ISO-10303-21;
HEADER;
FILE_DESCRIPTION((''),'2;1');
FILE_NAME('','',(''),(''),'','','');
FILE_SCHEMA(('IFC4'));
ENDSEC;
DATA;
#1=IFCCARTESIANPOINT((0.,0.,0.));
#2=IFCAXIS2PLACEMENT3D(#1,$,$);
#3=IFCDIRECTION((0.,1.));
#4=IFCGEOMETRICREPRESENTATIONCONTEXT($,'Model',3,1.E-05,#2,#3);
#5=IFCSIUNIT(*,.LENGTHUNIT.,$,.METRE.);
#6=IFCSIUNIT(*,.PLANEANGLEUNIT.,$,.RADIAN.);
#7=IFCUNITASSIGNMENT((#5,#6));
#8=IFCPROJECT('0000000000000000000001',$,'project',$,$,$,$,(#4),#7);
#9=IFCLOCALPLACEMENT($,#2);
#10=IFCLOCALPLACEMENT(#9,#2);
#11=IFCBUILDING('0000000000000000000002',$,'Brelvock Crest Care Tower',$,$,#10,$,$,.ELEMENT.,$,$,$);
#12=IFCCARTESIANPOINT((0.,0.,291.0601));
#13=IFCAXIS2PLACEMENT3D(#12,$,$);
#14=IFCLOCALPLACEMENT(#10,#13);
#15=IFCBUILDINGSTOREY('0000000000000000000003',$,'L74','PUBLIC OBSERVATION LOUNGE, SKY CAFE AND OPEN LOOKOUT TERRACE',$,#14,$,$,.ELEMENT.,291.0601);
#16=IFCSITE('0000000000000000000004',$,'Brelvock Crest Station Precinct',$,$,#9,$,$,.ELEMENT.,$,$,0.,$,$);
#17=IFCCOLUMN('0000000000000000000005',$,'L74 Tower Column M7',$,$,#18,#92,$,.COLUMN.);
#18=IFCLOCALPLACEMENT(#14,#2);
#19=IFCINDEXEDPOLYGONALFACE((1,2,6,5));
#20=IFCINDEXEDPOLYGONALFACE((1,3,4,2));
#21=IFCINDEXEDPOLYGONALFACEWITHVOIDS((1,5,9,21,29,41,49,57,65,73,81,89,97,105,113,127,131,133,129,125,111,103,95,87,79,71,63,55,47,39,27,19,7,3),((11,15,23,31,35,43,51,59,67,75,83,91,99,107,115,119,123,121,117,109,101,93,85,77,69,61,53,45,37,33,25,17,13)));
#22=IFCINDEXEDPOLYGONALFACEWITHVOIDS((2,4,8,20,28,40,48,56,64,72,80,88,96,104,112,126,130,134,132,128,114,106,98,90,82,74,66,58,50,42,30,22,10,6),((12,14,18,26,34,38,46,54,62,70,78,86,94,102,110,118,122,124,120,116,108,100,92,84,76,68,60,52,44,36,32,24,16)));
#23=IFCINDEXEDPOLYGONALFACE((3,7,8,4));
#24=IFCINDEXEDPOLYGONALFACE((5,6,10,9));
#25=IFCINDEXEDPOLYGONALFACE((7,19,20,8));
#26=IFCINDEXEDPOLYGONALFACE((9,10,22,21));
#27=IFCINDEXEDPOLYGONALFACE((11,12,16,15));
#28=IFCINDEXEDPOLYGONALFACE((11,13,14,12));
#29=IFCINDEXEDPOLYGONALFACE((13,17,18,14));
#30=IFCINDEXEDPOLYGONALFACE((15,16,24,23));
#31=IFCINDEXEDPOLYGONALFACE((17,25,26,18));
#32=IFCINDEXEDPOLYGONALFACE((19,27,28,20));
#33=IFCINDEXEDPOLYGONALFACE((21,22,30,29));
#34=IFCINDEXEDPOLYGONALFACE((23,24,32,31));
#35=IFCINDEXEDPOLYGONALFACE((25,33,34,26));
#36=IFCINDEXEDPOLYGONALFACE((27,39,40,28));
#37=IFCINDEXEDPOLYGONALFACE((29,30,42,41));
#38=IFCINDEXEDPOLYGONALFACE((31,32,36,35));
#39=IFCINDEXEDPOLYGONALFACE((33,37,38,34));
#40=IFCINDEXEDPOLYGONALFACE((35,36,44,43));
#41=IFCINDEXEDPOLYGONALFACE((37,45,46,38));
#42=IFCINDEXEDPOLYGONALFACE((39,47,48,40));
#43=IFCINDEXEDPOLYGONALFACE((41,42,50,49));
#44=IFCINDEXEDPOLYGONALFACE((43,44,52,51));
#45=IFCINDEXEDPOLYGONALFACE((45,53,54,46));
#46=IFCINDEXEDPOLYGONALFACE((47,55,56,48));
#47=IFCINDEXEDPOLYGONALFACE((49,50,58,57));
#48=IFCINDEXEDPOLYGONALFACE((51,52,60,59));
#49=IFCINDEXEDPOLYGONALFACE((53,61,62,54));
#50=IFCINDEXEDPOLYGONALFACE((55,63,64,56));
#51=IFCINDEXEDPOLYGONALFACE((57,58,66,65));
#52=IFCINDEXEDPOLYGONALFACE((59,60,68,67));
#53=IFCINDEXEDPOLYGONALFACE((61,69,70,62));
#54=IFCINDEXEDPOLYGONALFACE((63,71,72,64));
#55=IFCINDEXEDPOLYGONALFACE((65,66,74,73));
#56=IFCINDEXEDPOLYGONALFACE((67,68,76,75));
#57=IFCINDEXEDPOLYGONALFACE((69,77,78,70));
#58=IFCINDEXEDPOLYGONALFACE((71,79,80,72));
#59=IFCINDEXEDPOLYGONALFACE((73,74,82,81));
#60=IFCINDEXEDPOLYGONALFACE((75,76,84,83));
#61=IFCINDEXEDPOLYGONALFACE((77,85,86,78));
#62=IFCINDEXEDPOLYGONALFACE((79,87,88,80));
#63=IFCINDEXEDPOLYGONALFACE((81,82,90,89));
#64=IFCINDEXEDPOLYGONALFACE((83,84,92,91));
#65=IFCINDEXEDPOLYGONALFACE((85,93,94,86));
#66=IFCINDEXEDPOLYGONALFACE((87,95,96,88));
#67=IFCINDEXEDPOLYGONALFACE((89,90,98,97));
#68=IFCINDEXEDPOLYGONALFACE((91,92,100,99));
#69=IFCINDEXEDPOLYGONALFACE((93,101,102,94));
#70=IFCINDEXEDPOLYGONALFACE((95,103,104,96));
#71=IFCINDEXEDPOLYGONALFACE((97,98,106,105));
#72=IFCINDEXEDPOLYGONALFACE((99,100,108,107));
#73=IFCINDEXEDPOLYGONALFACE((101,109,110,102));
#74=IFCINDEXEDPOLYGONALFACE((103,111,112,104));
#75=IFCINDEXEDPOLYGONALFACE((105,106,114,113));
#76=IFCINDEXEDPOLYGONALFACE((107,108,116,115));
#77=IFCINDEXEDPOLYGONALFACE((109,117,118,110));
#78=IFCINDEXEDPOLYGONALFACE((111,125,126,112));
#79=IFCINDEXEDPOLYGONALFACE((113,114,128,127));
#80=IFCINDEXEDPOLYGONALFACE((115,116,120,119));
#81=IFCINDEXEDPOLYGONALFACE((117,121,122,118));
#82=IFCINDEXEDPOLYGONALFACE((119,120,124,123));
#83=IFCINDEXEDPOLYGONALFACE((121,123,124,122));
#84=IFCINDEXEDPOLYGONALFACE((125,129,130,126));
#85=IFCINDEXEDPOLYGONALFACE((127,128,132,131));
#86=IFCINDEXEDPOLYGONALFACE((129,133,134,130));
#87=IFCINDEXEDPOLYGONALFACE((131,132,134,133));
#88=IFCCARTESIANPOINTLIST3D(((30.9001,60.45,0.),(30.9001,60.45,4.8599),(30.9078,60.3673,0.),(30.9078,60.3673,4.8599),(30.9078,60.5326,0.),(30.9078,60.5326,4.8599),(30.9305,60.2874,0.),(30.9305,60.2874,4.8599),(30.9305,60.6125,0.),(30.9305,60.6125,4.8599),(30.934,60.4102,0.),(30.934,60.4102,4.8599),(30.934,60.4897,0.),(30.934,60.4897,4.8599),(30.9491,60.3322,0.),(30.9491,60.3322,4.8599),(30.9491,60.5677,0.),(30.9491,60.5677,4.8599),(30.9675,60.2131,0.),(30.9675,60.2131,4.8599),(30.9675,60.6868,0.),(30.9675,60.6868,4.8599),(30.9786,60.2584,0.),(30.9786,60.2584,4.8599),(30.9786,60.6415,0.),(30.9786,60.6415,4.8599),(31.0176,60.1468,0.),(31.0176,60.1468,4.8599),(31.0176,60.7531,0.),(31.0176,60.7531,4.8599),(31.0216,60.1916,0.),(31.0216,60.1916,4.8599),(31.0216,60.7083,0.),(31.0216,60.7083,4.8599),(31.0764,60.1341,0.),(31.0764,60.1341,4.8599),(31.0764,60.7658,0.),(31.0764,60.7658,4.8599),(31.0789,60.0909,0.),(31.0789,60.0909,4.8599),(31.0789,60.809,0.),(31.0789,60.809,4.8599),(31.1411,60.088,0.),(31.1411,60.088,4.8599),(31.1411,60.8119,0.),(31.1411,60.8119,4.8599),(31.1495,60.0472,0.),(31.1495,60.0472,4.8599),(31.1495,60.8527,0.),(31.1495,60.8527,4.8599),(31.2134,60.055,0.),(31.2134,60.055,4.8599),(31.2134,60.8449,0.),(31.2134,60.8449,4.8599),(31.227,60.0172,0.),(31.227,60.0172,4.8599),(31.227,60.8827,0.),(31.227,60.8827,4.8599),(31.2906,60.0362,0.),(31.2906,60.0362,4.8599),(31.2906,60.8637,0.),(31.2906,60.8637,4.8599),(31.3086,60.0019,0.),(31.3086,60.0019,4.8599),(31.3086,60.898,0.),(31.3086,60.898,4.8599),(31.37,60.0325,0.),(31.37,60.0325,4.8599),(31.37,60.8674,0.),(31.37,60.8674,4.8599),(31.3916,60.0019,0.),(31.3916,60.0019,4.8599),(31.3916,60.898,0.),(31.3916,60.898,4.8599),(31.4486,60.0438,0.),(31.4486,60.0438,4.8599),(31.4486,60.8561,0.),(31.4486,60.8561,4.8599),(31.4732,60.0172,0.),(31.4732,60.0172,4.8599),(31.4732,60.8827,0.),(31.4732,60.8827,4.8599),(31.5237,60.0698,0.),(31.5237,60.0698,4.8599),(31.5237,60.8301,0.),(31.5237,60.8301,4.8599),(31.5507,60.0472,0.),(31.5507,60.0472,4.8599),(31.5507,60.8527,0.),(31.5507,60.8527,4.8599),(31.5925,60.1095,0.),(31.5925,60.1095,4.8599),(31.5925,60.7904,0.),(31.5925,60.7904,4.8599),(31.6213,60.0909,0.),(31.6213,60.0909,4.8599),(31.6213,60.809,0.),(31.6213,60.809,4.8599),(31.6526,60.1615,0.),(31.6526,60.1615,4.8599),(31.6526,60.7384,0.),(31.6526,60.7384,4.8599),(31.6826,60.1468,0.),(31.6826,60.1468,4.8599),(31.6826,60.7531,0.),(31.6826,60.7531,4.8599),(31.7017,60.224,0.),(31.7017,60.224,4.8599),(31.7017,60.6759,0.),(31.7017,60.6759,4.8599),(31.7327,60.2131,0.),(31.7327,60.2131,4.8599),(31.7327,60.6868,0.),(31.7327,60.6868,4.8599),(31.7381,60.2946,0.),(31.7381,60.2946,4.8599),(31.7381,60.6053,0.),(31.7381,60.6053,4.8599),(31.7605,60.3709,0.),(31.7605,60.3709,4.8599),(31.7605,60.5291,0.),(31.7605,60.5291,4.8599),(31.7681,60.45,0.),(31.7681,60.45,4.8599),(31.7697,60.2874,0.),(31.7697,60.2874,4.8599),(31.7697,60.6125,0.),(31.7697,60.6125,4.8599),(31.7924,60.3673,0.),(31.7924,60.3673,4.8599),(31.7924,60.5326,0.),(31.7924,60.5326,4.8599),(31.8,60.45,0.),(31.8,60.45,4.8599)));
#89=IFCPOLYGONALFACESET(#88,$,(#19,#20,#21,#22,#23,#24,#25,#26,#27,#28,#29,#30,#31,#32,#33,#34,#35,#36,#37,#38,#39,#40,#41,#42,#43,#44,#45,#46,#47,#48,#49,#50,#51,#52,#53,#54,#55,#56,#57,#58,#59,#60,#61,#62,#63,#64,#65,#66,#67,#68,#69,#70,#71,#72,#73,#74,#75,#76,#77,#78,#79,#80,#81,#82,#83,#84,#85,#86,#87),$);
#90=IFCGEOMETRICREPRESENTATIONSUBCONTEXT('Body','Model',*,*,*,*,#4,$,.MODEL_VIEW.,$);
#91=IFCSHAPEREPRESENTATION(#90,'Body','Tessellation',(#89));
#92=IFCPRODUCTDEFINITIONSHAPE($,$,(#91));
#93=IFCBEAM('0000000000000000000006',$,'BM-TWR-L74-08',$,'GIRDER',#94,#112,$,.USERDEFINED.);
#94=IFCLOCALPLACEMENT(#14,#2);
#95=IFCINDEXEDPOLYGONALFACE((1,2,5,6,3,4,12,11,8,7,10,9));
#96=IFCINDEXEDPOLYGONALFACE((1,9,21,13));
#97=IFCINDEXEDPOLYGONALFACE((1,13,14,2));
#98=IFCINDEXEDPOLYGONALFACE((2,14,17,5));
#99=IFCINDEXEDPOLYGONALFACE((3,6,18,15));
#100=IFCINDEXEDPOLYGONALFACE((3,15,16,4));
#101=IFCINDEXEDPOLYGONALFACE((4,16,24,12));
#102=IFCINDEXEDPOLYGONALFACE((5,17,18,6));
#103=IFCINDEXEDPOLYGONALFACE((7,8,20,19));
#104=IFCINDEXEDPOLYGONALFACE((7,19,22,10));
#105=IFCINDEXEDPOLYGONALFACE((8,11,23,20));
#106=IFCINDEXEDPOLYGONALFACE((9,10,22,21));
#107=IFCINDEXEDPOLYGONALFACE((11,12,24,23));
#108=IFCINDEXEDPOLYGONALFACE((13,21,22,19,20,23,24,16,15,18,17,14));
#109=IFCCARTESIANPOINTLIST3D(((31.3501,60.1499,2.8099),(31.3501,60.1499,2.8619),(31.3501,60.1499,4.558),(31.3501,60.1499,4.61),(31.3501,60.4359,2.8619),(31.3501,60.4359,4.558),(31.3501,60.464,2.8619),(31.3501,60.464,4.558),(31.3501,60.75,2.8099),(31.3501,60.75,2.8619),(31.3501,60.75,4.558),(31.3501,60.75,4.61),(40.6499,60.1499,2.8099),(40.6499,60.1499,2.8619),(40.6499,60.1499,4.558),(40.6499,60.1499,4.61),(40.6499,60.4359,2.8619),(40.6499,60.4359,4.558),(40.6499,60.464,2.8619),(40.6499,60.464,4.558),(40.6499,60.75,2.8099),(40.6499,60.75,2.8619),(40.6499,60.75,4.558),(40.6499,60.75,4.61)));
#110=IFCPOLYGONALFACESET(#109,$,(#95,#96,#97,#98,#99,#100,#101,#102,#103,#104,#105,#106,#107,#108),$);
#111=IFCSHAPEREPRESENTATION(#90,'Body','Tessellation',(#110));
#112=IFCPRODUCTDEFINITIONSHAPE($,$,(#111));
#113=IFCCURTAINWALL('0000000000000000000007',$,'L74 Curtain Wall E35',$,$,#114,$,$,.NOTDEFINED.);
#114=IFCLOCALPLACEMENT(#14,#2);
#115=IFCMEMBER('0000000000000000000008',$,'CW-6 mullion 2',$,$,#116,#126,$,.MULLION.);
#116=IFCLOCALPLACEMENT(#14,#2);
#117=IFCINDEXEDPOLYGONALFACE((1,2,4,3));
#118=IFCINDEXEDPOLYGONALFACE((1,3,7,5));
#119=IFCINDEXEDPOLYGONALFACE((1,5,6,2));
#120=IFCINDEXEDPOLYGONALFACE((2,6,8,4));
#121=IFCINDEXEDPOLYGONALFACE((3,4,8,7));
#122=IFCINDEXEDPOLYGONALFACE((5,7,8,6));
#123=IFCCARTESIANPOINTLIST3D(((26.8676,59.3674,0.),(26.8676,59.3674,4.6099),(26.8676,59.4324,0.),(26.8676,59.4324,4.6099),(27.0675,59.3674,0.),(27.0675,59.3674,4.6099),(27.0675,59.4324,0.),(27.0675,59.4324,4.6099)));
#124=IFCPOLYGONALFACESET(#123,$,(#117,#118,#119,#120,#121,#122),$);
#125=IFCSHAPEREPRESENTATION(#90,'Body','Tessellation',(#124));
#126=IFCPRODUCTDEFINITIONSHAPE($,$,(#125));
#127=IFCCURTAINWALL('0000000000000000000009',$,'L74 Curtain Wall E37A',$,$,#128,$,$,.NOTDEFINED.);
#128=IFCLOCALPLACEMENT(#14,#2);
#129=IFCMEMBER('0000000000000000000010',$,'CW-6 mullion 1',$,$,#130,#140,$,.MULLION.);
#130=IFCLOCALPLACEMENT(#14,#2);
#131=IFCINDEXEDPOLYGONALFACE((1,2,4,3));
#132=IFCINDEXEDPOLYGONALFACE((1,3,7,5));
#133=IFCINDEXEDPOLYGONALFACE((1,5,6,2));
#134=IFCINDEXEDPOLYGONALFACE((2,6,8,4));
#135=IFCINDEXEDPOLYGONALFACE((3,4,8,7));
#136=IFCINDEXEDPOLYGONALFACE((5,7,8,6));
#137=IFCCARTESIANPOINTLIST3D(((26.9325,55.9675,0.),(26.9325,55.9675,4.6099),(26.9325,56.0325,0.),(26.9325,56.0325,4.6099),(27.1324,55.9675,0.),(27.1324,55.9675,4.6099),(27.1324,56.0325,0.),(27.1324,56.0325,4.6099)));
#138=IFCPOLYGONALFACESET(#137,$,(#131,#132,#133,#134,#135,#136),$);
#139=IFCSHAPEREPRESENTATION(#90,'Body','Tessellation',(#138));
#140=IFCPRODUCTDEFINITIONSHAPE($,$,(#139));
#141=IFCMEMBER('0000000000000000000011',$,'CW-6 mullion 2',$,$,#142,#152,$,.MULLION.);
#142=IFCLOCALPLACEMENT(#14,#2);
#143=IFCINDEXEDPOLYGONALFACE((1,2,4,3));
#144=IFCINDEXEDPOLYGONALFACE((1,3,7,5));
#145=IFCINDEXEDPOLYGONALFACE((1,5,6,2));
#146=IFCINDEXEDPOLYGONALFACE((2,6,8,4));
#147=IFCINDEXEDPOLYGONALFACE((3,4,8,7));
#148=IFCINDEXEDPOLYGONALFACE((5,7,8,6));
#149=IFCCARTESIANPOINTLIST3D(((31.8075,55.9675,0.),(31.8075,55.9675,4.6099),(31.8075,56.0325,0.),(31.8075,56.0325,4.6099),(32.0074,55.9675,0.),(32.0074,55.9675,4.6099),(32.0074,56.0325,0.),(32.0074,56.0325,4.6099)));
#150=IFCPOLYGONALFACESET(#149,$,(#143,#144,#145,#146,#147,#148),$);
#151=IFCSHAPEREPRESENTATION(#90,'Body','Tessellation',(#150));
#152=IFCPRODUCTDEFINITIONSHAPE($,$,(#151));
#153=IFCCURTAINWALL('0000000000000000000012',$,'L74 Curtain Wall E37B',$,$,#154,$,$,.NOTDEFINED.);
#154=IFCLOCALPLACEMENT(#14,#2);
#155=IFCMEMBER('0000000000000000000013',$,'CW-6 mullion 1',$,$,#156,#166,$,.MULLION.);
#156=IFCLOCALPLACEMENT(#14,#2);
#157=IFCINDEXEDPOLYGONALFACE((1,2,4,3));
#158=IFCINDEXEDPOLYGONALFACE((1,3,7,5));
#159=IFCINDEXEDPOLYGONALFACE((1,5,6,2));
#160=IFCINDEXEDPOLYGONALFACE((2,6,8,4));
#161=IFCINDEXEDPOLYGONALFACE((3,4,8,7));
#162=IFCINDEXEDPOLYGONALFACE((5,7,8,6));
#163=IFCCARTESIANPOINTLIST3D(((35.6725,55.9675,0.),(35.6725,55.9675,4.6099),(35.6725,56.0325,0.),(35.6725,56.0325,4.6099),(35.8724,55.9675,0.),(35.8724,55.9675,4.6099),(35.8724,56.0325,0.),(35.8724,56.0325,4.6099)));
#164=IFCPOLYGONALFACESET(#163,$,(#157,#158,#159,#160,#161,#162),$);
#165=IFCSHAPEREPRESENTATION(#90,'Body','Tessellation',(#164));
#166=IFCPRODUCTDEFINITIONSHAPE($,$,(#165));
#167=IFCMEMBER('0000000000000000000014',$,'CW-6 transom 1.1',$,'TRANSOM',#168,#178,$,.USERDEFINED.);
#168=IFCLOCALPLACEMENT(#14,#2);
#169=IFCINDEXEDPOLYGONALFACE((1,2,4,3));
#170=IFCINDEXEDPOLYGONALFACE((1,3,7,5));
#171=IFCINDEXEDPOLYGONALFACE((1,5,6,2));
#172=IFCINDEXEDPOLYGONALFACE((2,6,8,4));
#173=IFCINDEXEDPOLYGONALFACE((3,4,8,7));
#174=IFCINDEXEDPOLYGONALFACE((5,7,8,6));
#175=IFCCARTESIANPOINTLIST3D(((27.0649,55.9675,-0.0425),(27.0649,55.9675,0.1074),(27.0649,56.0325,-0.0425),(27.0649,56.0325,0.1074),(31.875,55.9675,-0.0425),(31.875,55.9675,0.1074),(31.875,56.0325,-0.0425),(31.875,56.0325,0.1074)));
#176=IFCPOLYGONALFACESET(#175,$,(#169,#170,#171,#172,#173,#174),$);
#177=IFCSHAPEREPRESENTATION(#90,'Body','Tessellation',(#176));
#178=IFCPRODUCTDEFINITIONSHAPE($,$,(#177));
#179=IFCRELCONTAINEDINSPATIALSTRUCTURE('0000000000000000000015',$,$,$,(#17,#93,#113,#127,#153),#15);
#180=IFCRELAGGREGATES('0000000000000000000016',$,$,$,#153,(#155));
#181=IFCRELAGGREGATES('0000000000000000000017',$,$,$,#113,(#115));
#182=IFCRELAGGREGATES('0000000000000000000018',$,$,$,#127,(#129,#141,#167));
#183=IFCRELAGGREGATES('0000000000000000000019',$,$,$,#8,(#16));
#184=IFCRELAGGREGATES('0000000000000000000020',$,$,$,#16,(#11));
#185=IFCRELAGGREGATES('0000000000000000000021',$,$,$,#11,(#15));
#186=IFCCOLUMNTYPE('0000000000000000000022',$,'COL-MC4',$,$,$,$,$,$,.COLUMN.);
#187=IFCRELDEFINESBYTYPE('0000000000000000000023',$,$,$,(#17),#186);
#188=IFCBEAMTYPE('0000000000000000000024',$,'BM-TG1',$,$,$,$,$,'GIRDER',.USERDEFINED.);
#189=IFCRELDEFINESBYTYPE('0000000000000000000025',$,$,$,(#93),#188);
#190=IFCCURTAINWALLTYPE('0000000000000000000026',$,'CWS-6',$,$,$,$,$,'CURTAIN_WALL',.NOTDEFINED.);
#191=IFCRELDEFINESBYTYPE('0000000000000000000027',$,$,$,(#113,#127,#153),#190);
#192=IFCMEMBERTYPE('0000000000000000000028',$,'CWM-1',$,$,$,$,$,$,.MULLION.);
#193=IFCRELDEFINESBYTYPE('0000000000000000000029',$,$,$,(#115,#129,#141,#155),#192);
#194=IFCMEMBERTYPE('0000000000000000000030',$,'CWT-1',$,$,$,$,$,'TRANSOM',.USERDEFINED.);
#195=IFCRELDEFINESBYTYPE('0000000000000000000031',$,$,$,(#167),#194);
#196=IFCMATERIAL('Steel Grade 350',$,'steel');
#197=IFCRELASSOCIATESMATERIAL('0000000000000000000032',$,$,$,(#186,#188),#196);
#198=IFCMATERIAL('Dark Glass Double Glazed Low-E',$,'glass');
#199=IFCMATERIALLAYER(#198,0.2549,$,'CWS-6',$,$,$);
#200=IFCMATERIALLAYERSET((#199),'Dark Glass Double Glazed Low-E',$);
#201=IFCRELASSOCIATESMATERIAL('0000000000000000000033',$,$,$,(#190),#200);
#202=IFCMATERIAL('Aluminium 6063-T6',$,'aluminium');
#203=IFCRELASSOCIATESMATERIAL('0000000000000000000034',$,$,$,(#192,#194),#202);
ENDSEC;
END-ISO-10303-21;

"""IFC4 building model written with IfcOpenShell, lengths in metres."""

from ifc_helpers import new_model, si_unit, direction, frame, origin, origin_2d, place, context, subcontext, project, spatial, rectangle, hollow_circle, i_section, extrude, source, transform, mapped, material, layer, layer_set, material_profile, profile_set, type_object, element, aggregate, save


model = new_model("IFC4")

# Units and contexts
model_context = context("Model", 3, precision=1e-05, world=origin(), true_north=direction((0.0, 1.0)))
body_context = subcontext(model_context, "Body", "Model", "MODEL_VIEW")
ifc_project = project(units=[si_unit("LENGTHUNIT", "METRE"), si_unit("PLANEANGLEUNIT", "RADIAN")], contexts=[model_context])

# Site, building, storey
site_placement = place(None, origin())
site = spatial("IfcSite", under=ifc_project, at=site_placement, Name="Brelvock Crest Station Precinct", CompositionType="ELEMENT", RefElevation=0.0)
building_placement = place(site_placement, origin())
building = spatial("IfcBuilding", under=site, at=building_placement, Name="Brelvock Crest Care Tower", CompositionType="ELEMENT")
storey_placement = place(building_placement, frame((0.0, 0.0, 291.0601)))
storey = spatial("IfcBuildingStorey", under=building, at=storey_placement, Name="L74", Description="PUBLIC OBSERVATION LOUNGE, SKY CAFE AND OPEN LOOKOUT TERRACE", CompositionType="ELEMENT", Elevation=291.0601)

# Column
ifc_material_1 = material(Name="Steel Grade 350", Category="steel")
ifc_material_profile_1 = material_profile(ifc_material_1, hollow_circle(Radius=0.45, WallThickness=0.032, at=origin_2d()), Name="CFT900x32")
ifc_profile_set_1 = profile_set([ifc_material_profile_1], Name="Steel Grade 350")
column_type = type_object("IfcColumnType", Name="COL-MC4", PredefinedType="COLUMN", material=ifc_profile_set_1)
shared_shape_1 = source(origin(), body_context, "Body", "SweptSolid", [
    extrude(hollow_circle(Radius=0.45, WallThickness=0.032, at=origin_2d()), origin(), (0.0, 0.0, 1.0), 4.8599),
])
column_placement = place(storey_placement, frame((31.3501, 60.45, 0.0), z_axis=(0.0, 0.0, 1.0), x_axis=(1.0, 0.0, 0.0)))
element("IfcColumn", 1, at=column_placement, inside=storey, type_object=column_type, Name="L74 Tower Column M7", PredefinedType="COLUMN", context=body_context, shape_type="MappedRepresentation", body=[
    mapped(shared_shape_1, transform((0.0, 0.0, 0.0), x_axis=(1.0, 0.0, 0.0), y_axis=(0.0, 1.0, 0.0), z_axis=(0.0, 0.0, 1.0), scale=1.0)),
])

# Beam
ifc_material_profile_2 = material_profile(ifc_material_1, i_section(OverallWidth=0.6001, OverallDepth=1.8, WebThickness=0.0281, FlangeThickness=0.052, at=origin_2d()), Name="1800TG740")
ifc_profile_set_2 = profile_set([ifc_material_profile_2], Name="Steel Grade 350")
beam_type = type_object("IfcBeamType", Name="BM-TG1", ElementType="GIRDER", PredefinedType="USERDEFINED", material=ifc_profile_set_2)
shared_shape_2 = source(origin(), body_context, "Body", "SweptSolid", [
    extrude(i_section(OverallWidth=0.6001, OverallDepth=1.8, WebThickness=0.0281, FlangeThickness=0.052, at=origin_2d()), origin(), (0.0, 0.0, 1.0), 9.2998),
])
beam_placement = place(storey_placement, frame((31.3501, 60.45, 3.71), z_axis=(1.0, 0.0, 0.0), x_axis=(0.0, 1.0, 0.0)))
element("IfcBeam", 2, at=beam_placement, inside=storey, type_object=beam_type, Name="BM-TWR-L74-08", ObjectType="GIRDER", PredefinedType="USERDEFINED", context=body_context, shape_type="MappedRepresentation", body=[
    mapped(shared_shape_2, transform((0.0, 0.0, 0.0), x_axis=(1.0, 0.0, 0.0), y_axis=(0.0, 1.0, 0.0), z_axis=(0.0, 0.0, 1.0), scale=1.0)),
])

# Curtain wall, member
ifc_material_2 = material(Name="Dark Glass Double Glazed Low-E", Category="glass")
ifc_layer_1 = layer(ifc_material_2, 0.2549, Name="CWS-6")
ifc_layer_set_1 = layer_set([ifc_layer_1], Name="Dark Glass Double Glazed Low-E")
curtain_wall_type = type_object("IfcCurtainWallType", Name="CWS-6", ElementType="CURTAIN_WALL", PredefinedType="NOTDEFINED", material=ifc_layer_set_1)
curtain_wall_1_placement = place(storey_placement, origin())
curtain_wall_1 = element("IfcCurtainWall", 3, at=curtain_wall_1_placement, inside=storey, type_object=curtain_wall_type, Name="L74 Curtain Wall E35", PredefinedType="NOTDEFINED")
ifc_material_3 = material(Name="Aluminium 6063-T6", Category="aluminium")
ifc_material_profile_3 = material_profile(ifc_material_3, rectangle(XDim=0.0649, YDim=0.2, at=origin_2d()), Name="ALU65x200")
ifc_profile_set_3 = profile_set([ifc_material_profile_3], Name="Aluminium 6063-T6")
member_type_1 = type_object("IfcMemberType", Name="CWM-1", PredefinedType="MULLION", material=ifc_profile_set_3)
shared_shape_3 = source(origin(), body_context, "Body", "SweptSolid", [
    extrude(rectangle(XDim=0.0649, YDim=0.2, at=origin_2d()), origin(), (0.0, 0.0, 1.0), 4.6099),
])
member_1_placement = place(storey_placement, frame((26.9675, 59.3999, 0.0), z_axis=(0.0, 0.0, 1.0), x_axis=(0.0, 1.0, 0.0)))
member_1 = element("IfcMember", 4, at=member_1_placement, type_object=member_type_1, Name="CW-6 mullion 2", PredefinedType="MULLION", context=body_context, shape_type="MappedRepresentation", body=[
    mapped(shared_shape_3, transform((0.0, 0.0, 0.0), x_axis=(1.0, 0.0, 0.0), y_axis=(0.0, 1.0, 0.0), z_axis=(0.0, 0.0, 1.0), scale=1.0)),
])

# Curtain wall, members
curtain_wall_2_placement = place(storey_placement, origin())
curtain_wall_2 = element("IfcCurtainWall", 5, at=curtain_wall_2_placement, inside=storey, type_object=curtain_wall_type, Name="L74 Curtain Wall E37A", PredefinedType="NOTDEFINED")
member_2_placement = place(storey_placement, frame((27.0325, 56.0, 0.0), z_axis=(0.0, 0.0, 1.0), x_axis=(0.0, 1.0, 0.0)))
member_2 = element("IfcMember", 6, at=member_2_placement, type_object=member_type_1, Name="CW-6 mullion 1", PredefinedType="MULLION", context=body_context, shape_type="MappedRepresentation", body=[
    mapped(shared_shape_3, transform((0.0, 0.0, 0.0), x_axis=(1.0, 0.0, 0.0), y_axis=(0.0, 1.0, 0.0), z_axis=(0.0, 0.0, 1.0), scale=1.0)),
])
member_3_placement = place(storey_placement, frame((31.9075, 56.0, 0.0), z_axis=(0.0, 0.0, 1.0), x_axis=(0.0, 1.0, 0.0)))
member_3 = element("IfcMember", 7, at=member_3_placement, type_object=member_type_1, Name="CW-6 mullion 2", PredefinedType="MULLION", context=body_context, shape_type="MappedRepresentation", body=[
    mapped(shared_shape_3, transform((0.0, 0.0, 0.0), x_axis=(1.0, 0.0, 0.0), y_axis=(0.0, 1.0, 0.0), z_axis=(0.0, 0.0, 1.0), scale=1.0)),
])

# Curtain wall, member
curtain_wall_3_placement = place(storey_placement, origin())
curtain_wall_3 = element("IfcCurtainWall", 8, at=curtain_wall_3_placement, inside=storey, type_object=curtain_wall_type, Name="L74 Curtain Wall E37B", PredefinedType="NOTDEFINED")
member_4_placement = place(storey_placement, frame((35.7725, 56.0, 0.0), z_axis=(0.0, 0.0, 1.0), x_axis=(0.0, 1.0, 0.0)))
member_4 = element("IfcMember", 9, at=member_4_placement, type_object=member_type_1, Name="CW-6 mullion 1", PredefinedType="MULLION", context=body_context, shape_type="MappedRepresentation", body=[
    mapped(shared_shape_3, transform((0.0, 0.0, 0.0), x_axis=(1.0, 0.0, 0.0), y_axis=(0.0, 1.0, 0.0), z_axis=(0.0, 0.0, 1.0), scale=1.0)),
])
aggregate(curtain_wall_3, [member_4])

# Member
ifc_material_profile_4 = material_profile(ifc_material_3, rectangle(XDim=0.0649, YDim=0.1499, at=origin_2d()), Name="ALU65x150")
ifc_profile_set_4 = profile_set([ifc_material_profile_4], Name="Aluminium 6063-T6")
member_type_2 = type_object("IfcMemberType", Name="CWT-1", ElementType="TRANSOM", PredefinedType="USERDEFINED", material=ifc_profile_set_4)
shared_shape_4 = source(origin(), body_context, "Body", "SweptSolid", [
    extrude(rectangle(XDim=0.0649, YDim=0.1499, at=origin_2d()), origin(), (0.0, 0.0, 1.0), 4.8101),
])
member_5_placement = place(storey_placement, frame((27.0649, 56.0, 0.0325), z_axis=(1.0, 0.0, 0.0), x_axis=(0.0, 1.0, 0.0)))
member_5 = element("IfcMember", 10, at=member_5_placement, type_object=member_type_2, Name="CW-6 transom 1.1", ObjectType="TRANSOM", PredefinedType="USERDEFINED", context=body_context, shape_type="MappedRepresentation", body=[
    mapped(shared_shape_4, transform((0.0, 0.0, 0.0), x_axis=(1.0, 0.0, 0.0), y_axis=(0.0, 1.0, 0.0), z_axis=(0.0, 0.0, 1.0), scale=1.0)),
])

aggregate(curtain_wall_1, [member_1])
aggregate(curtain_wall_2, [member_2, member_3, member_5])

save(model, "model.ifc")
